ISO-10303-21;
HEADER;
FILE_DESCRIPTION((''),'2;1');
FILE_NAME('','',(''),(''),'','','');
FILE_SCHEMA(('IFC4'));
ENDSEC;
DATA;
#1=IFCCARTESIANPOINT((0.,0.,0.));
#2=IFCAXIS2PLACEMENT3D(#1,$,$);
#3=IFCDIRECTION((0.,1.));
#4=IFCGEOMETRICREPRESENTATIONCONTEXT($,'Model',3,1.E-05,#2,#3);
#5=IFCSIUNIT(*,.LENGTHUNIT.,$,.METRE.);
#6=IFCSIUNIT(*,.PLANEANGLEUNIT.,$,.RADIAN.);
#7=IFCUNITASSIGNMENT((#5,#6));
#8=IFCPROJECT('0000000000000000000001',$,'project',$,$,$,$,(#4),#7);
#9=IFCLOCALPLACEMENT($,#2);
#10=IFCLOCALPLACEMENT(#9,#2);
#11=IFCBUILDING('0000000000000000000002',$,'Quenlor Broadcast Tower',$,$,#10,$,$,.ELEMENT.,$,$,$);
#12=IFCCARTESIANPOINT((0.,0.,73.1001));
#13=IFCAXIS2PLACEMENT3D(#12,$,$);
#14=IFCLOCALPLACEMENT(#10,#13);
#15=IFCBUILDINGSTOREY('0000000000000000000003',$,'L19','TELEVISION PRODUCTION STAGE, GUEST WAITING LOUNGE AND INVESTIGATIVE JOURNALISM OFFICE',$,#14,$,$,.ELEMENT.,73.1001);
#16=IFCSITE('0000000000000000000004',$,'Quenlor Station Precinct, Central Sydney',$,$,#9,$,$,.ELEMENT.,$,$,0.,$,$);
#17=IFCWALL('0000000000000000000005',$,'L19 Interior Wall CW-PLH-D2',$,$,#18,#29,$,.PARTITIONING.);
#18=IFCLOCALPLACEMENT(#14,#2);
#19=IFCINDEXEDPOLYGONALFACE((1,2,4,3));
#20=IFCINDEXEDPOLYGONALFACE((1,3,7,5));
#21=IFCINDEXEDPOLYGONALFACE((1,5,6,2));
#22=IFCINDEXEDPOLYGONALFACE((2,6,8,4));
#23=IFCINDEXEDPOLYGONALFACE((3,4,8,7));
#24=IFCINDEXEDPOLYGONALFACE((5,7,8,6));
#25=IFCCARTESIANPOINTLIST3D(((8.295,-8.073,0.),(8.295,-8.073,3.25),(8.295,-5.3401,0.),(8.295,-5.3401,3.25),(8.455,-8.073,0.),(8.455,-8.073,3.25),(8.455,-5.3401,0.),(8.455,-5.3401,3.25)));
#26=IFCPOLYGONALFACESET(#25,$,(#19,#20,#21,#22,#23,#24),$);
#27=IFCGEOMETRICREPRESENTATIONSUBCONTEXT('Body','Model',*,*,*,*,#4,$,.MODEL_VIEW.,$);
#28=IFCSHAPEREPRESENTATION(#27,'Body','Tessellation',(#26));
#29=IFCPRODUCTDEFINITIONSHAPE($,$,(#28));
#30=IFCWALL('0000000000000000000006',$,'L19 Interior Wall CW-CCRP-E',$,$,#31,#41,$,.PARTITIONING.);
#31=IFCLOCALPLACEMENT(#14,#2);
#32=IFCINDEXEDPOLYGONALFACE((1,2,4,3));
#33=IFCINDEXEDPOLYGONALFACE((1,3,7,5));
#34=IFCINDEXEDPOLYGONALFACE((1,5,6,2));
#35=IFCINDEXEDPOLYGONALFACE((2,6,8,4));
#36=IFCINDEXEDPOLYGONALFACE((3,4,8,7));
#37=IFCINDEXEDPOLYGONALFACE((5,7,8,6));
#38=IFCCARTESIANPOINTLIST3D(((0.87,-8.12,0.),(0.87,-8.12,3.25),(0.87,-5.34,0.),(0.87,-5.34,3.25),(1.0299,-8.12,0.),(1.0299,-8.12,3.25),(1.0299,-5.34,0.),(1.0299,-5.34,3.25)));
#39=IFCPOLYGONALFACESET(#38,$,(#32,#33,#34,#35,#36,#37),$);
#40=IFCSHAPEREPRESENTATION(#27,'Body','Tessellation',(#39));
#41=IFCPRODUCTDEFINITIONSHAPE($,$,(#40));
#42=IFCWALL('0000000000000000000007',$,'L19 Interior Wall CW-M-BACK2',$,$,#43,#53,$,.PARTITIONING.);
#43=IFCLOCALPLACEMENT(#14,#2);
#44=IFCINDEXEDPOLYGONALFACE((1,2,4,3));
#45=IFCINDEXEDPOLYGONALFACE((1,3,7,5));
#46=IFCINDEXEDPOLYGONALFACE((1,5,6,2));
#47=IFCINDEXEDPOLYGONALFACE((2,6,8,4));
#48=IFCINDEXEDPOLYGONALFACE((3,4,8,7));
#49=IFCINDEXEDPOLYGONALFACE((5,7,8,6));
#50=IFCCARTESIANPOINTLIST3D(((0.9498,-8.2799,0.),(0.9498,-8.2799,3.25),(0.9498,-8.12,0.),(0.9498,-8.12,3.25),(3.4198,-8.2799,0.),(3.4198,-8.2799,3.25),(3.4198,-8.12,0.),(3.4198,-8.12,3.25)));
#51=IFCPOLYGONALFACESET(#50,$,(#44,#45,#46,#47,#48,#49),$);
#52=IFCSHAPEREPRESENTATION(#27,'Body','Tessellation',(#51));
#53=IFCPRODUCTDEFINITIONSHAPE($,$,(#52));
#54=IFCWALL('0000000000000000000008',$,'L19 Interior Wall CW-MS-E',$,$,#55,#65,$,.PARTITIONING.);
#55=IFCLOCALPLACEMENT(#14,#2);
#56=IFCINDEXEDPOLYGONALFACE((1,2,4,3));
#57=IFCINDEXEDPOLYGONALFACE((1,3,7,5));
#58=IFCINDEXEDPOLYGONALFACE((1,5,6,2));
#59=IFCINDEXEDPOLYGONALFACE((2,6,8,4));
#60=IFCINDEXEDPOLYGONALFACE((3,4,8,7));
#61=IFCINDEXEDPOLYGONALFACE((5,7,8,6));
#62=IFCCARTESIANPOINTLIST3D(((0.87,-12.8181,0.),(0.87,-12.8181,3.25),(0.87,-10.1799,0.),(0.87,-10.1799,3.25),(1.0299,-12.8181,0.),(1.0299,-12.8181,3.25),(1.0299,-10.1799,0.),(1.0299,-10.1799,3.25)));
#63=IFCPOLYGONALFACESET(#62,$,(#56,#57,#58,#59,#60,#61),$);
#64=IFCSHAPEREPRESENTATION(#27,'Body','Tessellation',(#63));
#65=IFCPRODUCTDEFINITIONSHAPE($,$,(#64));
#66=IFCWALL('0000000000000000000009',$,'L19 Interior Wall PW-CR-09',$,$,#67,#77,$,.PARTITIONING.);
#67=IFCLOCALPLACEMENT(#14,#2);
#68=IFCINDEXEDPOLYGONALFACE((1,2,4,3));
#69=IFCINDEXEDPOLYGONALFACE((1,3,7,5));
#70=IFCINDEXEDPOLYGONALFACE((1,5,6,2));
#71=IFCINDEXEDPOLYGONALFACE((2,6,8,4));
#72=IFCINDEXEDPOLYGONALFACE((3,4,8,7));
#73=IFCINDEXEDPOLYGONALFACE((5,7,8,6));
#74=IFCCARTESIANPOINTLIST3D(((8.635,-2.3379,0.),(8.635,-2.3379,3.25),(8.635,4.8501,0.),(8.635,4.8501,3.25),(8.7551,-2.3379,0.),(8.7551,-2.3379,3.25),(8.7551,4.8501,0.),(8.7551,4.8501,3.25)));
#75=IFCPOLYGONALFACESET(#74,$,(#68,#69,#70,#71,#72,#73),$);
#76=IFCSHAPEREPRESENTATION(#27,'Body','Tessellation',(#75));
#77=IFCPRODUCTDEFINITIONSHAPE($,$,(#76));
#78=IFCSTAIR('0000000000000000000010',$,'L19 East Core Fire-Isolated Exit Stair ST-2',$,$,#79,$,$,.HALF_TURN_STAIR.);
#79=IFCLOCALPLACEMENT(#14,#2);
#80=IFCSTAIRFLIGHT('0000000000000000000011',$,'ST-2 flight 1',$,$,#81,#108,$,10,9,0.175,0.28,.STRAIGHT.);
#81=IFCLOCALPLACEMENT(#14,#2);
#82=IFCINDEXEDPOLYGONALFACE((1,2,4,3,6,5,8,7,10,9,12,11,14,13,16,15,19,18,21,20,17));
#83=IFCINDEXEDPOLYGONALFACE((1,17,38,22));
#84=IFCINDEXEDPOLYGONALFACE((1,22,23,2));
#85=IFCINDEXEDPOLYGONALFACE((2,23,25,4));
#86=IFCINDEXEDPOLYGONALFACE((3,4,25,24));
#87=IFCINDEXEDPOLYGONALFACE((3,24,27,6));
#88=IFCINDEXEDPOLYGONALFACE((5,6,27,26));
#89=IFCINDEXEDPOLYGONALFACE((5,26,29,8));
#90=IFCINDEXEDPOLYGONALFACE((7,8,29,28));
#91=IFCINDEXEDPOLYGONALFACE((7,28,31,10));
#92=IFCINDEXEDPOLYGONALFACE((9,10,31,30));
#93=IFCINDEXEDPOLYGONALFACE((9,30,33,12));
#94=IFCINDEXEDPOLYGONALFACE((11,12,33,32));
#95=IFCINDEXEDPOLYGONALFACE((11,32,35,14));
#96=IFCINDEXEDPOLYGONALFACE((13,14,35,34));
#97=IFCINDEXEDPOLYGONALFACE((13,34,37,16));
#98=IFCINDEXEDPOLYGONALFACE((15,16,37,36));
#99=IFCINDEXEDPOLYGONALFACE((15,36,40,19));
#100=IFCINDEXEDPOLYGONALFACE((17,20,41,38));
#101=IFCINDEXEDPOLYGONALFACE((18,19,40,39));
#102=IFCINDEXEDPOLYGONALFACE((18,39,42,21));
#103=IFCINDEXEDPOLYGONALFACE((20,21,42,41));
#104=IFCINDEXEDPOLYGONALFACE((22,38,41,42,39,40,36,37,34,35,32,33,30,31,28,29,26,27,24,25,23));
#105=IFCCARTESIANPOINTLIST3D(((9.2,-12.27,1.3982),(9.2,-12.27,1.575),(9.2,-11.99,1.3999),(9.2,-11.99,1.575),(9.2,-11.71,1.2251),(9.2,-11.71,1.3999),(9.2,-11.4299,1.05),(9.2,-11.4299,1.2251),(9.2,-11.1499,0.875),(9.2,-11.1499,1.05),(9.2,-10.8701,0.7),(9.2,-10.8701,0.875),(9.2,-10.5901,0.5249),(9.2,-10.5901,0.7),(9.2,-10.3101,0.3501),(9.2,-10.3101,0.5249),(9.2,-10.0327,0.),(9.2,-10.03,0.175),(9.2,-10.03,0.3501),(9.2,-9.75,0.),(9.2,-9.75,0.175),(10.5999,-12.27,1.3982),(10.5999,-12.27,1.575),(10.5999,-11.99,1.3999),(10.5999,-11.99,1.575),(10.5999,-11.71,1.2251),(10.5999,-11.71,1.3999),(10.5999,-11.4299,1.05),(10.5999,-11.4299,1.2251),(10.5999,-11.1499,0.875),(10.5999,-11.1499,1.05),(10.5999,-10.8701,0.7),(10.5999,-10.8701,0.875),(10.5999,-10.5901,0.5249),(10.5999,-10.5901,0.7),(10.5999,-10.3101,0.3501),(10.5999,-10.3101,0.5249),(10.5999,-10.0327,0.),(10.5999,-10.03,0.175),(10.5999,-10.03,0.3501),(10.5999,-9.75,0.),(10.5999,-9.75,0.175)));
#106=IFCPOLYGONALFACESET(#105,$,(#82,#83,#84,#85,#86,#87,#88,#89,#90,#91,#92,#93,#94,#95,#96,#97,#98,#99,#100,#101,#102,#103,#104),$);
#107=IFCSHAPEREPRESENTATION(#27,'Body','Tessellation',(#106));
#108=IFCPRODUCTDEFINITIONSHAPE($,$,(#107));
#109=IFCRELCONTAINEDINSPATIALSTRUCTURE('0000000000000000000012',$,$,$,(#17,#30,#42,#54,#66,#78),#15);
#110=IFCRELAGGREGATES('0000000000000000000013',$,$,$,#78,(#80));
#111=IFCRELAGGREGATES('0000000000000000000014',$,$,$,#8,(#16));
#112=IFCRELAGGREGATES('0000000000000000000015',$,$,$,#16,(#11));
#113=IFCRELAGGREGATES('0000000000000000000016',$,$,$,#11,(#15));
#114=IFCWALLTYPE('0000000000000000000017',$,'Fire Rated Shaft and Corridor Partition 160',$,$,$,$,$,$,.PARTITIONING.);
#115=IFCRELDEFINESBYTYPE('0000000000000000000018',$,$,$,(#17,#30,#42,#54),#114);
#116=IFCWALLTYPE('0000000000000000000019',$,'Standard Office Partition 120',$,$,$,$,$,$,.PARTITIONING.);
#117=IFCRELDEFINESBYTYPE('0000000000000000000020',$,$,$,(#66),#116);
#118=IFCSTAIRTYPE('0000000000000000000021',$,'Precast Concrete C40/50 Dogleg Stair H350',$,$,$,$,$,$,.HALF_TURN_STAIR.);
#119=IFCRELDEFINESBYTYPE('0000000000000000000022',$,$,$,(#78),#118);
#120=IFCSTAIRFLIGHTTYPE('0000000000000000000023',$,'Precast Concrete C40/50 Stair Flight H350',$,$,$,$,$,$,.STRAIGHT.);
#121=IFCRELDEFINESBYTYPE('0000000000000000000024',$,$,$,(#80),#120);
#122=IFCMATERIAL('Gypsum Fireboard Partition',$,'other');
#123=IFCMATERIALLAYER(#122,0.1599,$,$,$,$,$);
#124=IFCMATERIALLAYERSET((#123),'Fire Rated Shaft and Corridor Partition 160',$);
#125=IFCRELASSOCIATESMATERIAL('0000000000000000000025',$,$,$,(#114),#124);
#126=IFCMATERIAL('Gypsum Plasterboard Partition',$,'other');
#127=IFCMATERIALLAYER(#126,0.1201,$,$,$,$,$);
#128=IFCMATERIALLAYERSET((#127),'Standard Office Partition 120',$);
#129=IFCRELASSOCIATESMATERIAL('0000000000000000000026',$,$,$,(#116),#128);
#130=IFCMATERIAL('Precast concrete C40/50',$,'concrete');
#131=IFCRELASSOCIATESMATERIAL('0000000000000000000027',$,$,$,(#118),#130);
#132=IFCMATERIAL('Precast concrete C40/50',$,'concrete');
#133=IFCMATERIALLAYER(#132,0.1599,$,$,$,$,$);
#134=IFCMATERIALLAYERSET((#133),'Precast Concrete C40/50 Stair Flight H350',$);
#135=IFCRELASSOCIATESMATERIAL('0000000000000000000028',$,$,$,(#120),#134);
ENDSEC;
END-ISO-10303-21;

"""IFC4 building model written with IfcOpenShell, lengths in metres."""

from ifc_helpers import new_model, si_unit, direction, frame, frame_2d, origin, place, context, subcontext, project, spatial, polyline, rectangle, outline, extrude, material, layer, layer_set, type_object, element, aggregate, save


model = new_model("IFC4")

# Units and contexts
model_context = context("Model", 3, precision=1e-05, world=origin(), true_north=direction((0.0, 1.0)))
body_context = subcontext(model_context, "Body", "Model", "MODEL_VIEW")
ifc_project = project(units=[si_unit("LENGTHUNIT", "METRE"), si_unit("PLANEANGLEUNIT", "RADIAN")], contexts=[model_context])

# Site, building, storey
site_placement = place(None, origin())
site = spatial("IfcSite", under=ifc_project, at=site_placement, Name="Quenlor Station Precinct, Central Sydney", CompositionType="ELEMENT", RefElevation=0.0)
building_placement = place(site_placement, origin())
building = spatial("IfcBuilding", under=site, at=building_placement, Name="Quenlor Broadcast Tower", CompositionType="ELEMENT")
storey_placement = place(building_placement, frame((0.0, 0.0, 73.1001)))
storey = spatial("IfcBuildingStorey", under=building, at=storey_placement, Name="L19", Description="TELEVISION PRODUCTION STAGE, GUEST WAITING LOUNGE AND INVESTIGATIVE JOURNALISM OFFICE", CompositionType="ELEMENT", Elevation=73.1001)

# Walls
ifc_material_1 = material(Name="Gypsum Fireboard Partition", Category="other")
ifc_layer_1 = layer(ifc_material_1, 0.1599)
ifc_layer_set_1 = layer_set([ifc_layer_1], Name="Fire Rated Shaft and Corridor Partition 160")
wall_type_1 = type_object("IfcWallType", Name="Fire Rated Shaft and Corridor Partition 160", PredefinedType="PARTITIONING", material=ifc_layer_set_1)
for number, where, z_axis, x_axis, name in (
    (1, (8.375, -8.073, 0.0), (0.0, 0.0, 1.0), (0.0, 1.0, 0.0), "L19 Interior Wall CW-PLH-D2"),
):
    element("IfcWall", number, at=place(storey_placement, frame(where, z_axis=z_axis, x_axis=x_axis)), inside=storey, type_object=wall_type_1, Name=name, PredefinedType="PARTITIONING", context=body_context, shape_type="SweptSolid", body=[
        extrude(rectangle(XDim=2.7329, YDim=0.1599, at=frame_2d((1.3665, 0.0))), origin(), (0.0, 0.0, 1.0), 3.25),
    ])
wall_1_placement = place(storey_placement, frame((0.95, -8.1201, 0.0), z_axis=(0.0, 0.0, 1.0), x_axis=(0.0, 1.0, 0.0)))
element("IfcWall", 2, at=wall_1_placement, inside=storey, type_object=wall_type_1, Name="L19 Interior Wall CW-CCRP-E", PredefinedType="PARTITIONING", context=body_context, shape_type="SweptSolid", body=[
    extrude(rectangle(XDim=2.78, YDim=0.1599, at=frame_2d((1.3901, 0.0))), origin(), (0.0, 0.0, 1.0), 3.25),
])
wall_2_placement = place(storey_placement, frame((0.95, -8.2, 0.0), z_axis=(0.0, 0.0, 1.0), x_axis=(1.0, 0.0, 0.0)))
element("IfcWall", 3, at=wall_2_placement, inside=storey, type_object=wall_type_1, Name="L19 Interior Wall CW-M-BACK2", PredefinedType="PARTITIONING", context=body_context, shape_type="SweptSolid", body=[
    extrude(rectangle(XDim=2.47, YDim=0.1599, at=frame_2d((1.2349, 0.0))), origin(), (0.0, 0.0, 1.0), 3.25),
])
wall_3_placement = place(storey_placement, frame((0.95, -12.8181, 0.0), z_axis=(0.0, 0.0, 1.0), x_axis=(0.0, 1.0, 0.0)))
element("IfcWall", 4, at=wall_3_placement, inside=storey, type_object=wall_type_1, Name="L19 Interior Wall CW-MS-E", PredefinedType="PARTITIONING", context=body_context, shape_type="SweptSolid", body=[
    extrude(rectangle(XDim=2.6382, YDim=0.1599, at=frame_2d((1.3191, 0.0))), origin(), (0.0, 0.0, 1.0), 3.25),
])
ifc_material_2 = material(Name="Gypsum Plasterboard Partition", Category="other")
ifc_layer_2 = layer(ifc_material_2, 0.1201)
ifc_layer_set_2 = layer_set([ifc_layer_2], Name="Standard Office Partition 120")
wall_type_2 = type_object("IfcWallType", Name="Standard Office Partition 120", PredefinedType="PARTITIONING", material=ifc_layer_set_2)
wall_4_placement = place(storey_placement, frame((8.6951, -2.3379, 0.0), z_axis=(0.0, 0.0, 1.0), x_axis=(0.0, 1.0, 0.0)))
element("IfcWall", 5, at=wall_4_placement, inside=storey, type_object=wall_type_2, Name="L19 Interior Wall PW-CR-09", PredefinedType="PARTITIONING", context=body_context, shape_type="SweptSolid", body=[
    extrude(rectangle(XDim=7.188, YDim=0.1201, at=frame_2d((3.594, 0.0))), origin(), (0.0, 0.0, 1.0), 3.25),
])

# Stair, stair flight
ifc_material_3 = material(Name="Precast concrete C40/50", Category="concrete")
stair_type = type_object("IfcStairType", Name="Precast Concrete C40/50 Dogleg Stair H350", PredefinedType="HALF_TURN_STAIR", material=ifc_material_3)
stair_placement = place(storey_placement, origin())
stair = element("IfcStair", 6, at=stair_placement, inside=storey, type_object=stair_type, Name="L19 East Core Fire-Isolated Exit Stair ST-2", PredefinedType="HALF_TURN_STAIR")
ifc_material_4 = material(Name="Precast concrete C40/50", Category="concrete")
ifc_layer_3 = layer(ifc_material_4, 0.1599)
ifc_layer_set_3 = layer_set([ifc_layer_3], Name="Precast Concrete C40/50 Stair Flight H350")
stair_flight_type = type_object("IfcStairFlightType", Name="Precast Concrete C40/50 Stair Flight H350", PredefinedType="STRAIGHT", material=ifc_layer_set_3)
stair_flight_placement = place(storey_placement, frame((9.8999, -9.75, 0.0), z_axis=(0.0, 0.0, 1.0), x_axis=(0.0, -1.0, 0.0)))
stair_flight = element("IfcStairFlight", 7, at=stair_flight_placement, type_object=stair_flight_type, Name="ST-2 flight 1", NumberOfRisers=10, NumberOfTreads=9, PredefinedType="STRAIGHT", RiserHeight=0.175, TreadLength=0.28, context=body_context, shape_type="SweptSolid", body=[
    extrude(outline(polyline([(0.0, 0.0), (0.0, 0.175), (0.28, 0.175), (0.28, 0.3501), (0.5601, 0.3501), (0.5601, 0.5249), (0.8401, 0.5249), (0.8401, 0.7), (1.1201, 0.7), (1.1201, 0.875), (1.3999, 0.875), (1.3999, 1.05), (1.6799, 1.05), (1.6799, 1.2251), (1.96, 1.2251), (1.96, 1.3999), (2.24, 1.3999), (2.24, 1.575), (2.52, 1.575), (2.52, 1.75), (2.52, 1.3982), (0.2827, 0.0), (0.0, 0.0)])), frame((0.0, 0.7, 0.0), z_axis=(0.0, -1.0, 0.0), x_axis=(1.0, 0.0, 0.0)), (0.0, 0.0, 1.0), 1.3999),
])
aggregate(stair, [stair_flight])

save(model, "model.ifc")
